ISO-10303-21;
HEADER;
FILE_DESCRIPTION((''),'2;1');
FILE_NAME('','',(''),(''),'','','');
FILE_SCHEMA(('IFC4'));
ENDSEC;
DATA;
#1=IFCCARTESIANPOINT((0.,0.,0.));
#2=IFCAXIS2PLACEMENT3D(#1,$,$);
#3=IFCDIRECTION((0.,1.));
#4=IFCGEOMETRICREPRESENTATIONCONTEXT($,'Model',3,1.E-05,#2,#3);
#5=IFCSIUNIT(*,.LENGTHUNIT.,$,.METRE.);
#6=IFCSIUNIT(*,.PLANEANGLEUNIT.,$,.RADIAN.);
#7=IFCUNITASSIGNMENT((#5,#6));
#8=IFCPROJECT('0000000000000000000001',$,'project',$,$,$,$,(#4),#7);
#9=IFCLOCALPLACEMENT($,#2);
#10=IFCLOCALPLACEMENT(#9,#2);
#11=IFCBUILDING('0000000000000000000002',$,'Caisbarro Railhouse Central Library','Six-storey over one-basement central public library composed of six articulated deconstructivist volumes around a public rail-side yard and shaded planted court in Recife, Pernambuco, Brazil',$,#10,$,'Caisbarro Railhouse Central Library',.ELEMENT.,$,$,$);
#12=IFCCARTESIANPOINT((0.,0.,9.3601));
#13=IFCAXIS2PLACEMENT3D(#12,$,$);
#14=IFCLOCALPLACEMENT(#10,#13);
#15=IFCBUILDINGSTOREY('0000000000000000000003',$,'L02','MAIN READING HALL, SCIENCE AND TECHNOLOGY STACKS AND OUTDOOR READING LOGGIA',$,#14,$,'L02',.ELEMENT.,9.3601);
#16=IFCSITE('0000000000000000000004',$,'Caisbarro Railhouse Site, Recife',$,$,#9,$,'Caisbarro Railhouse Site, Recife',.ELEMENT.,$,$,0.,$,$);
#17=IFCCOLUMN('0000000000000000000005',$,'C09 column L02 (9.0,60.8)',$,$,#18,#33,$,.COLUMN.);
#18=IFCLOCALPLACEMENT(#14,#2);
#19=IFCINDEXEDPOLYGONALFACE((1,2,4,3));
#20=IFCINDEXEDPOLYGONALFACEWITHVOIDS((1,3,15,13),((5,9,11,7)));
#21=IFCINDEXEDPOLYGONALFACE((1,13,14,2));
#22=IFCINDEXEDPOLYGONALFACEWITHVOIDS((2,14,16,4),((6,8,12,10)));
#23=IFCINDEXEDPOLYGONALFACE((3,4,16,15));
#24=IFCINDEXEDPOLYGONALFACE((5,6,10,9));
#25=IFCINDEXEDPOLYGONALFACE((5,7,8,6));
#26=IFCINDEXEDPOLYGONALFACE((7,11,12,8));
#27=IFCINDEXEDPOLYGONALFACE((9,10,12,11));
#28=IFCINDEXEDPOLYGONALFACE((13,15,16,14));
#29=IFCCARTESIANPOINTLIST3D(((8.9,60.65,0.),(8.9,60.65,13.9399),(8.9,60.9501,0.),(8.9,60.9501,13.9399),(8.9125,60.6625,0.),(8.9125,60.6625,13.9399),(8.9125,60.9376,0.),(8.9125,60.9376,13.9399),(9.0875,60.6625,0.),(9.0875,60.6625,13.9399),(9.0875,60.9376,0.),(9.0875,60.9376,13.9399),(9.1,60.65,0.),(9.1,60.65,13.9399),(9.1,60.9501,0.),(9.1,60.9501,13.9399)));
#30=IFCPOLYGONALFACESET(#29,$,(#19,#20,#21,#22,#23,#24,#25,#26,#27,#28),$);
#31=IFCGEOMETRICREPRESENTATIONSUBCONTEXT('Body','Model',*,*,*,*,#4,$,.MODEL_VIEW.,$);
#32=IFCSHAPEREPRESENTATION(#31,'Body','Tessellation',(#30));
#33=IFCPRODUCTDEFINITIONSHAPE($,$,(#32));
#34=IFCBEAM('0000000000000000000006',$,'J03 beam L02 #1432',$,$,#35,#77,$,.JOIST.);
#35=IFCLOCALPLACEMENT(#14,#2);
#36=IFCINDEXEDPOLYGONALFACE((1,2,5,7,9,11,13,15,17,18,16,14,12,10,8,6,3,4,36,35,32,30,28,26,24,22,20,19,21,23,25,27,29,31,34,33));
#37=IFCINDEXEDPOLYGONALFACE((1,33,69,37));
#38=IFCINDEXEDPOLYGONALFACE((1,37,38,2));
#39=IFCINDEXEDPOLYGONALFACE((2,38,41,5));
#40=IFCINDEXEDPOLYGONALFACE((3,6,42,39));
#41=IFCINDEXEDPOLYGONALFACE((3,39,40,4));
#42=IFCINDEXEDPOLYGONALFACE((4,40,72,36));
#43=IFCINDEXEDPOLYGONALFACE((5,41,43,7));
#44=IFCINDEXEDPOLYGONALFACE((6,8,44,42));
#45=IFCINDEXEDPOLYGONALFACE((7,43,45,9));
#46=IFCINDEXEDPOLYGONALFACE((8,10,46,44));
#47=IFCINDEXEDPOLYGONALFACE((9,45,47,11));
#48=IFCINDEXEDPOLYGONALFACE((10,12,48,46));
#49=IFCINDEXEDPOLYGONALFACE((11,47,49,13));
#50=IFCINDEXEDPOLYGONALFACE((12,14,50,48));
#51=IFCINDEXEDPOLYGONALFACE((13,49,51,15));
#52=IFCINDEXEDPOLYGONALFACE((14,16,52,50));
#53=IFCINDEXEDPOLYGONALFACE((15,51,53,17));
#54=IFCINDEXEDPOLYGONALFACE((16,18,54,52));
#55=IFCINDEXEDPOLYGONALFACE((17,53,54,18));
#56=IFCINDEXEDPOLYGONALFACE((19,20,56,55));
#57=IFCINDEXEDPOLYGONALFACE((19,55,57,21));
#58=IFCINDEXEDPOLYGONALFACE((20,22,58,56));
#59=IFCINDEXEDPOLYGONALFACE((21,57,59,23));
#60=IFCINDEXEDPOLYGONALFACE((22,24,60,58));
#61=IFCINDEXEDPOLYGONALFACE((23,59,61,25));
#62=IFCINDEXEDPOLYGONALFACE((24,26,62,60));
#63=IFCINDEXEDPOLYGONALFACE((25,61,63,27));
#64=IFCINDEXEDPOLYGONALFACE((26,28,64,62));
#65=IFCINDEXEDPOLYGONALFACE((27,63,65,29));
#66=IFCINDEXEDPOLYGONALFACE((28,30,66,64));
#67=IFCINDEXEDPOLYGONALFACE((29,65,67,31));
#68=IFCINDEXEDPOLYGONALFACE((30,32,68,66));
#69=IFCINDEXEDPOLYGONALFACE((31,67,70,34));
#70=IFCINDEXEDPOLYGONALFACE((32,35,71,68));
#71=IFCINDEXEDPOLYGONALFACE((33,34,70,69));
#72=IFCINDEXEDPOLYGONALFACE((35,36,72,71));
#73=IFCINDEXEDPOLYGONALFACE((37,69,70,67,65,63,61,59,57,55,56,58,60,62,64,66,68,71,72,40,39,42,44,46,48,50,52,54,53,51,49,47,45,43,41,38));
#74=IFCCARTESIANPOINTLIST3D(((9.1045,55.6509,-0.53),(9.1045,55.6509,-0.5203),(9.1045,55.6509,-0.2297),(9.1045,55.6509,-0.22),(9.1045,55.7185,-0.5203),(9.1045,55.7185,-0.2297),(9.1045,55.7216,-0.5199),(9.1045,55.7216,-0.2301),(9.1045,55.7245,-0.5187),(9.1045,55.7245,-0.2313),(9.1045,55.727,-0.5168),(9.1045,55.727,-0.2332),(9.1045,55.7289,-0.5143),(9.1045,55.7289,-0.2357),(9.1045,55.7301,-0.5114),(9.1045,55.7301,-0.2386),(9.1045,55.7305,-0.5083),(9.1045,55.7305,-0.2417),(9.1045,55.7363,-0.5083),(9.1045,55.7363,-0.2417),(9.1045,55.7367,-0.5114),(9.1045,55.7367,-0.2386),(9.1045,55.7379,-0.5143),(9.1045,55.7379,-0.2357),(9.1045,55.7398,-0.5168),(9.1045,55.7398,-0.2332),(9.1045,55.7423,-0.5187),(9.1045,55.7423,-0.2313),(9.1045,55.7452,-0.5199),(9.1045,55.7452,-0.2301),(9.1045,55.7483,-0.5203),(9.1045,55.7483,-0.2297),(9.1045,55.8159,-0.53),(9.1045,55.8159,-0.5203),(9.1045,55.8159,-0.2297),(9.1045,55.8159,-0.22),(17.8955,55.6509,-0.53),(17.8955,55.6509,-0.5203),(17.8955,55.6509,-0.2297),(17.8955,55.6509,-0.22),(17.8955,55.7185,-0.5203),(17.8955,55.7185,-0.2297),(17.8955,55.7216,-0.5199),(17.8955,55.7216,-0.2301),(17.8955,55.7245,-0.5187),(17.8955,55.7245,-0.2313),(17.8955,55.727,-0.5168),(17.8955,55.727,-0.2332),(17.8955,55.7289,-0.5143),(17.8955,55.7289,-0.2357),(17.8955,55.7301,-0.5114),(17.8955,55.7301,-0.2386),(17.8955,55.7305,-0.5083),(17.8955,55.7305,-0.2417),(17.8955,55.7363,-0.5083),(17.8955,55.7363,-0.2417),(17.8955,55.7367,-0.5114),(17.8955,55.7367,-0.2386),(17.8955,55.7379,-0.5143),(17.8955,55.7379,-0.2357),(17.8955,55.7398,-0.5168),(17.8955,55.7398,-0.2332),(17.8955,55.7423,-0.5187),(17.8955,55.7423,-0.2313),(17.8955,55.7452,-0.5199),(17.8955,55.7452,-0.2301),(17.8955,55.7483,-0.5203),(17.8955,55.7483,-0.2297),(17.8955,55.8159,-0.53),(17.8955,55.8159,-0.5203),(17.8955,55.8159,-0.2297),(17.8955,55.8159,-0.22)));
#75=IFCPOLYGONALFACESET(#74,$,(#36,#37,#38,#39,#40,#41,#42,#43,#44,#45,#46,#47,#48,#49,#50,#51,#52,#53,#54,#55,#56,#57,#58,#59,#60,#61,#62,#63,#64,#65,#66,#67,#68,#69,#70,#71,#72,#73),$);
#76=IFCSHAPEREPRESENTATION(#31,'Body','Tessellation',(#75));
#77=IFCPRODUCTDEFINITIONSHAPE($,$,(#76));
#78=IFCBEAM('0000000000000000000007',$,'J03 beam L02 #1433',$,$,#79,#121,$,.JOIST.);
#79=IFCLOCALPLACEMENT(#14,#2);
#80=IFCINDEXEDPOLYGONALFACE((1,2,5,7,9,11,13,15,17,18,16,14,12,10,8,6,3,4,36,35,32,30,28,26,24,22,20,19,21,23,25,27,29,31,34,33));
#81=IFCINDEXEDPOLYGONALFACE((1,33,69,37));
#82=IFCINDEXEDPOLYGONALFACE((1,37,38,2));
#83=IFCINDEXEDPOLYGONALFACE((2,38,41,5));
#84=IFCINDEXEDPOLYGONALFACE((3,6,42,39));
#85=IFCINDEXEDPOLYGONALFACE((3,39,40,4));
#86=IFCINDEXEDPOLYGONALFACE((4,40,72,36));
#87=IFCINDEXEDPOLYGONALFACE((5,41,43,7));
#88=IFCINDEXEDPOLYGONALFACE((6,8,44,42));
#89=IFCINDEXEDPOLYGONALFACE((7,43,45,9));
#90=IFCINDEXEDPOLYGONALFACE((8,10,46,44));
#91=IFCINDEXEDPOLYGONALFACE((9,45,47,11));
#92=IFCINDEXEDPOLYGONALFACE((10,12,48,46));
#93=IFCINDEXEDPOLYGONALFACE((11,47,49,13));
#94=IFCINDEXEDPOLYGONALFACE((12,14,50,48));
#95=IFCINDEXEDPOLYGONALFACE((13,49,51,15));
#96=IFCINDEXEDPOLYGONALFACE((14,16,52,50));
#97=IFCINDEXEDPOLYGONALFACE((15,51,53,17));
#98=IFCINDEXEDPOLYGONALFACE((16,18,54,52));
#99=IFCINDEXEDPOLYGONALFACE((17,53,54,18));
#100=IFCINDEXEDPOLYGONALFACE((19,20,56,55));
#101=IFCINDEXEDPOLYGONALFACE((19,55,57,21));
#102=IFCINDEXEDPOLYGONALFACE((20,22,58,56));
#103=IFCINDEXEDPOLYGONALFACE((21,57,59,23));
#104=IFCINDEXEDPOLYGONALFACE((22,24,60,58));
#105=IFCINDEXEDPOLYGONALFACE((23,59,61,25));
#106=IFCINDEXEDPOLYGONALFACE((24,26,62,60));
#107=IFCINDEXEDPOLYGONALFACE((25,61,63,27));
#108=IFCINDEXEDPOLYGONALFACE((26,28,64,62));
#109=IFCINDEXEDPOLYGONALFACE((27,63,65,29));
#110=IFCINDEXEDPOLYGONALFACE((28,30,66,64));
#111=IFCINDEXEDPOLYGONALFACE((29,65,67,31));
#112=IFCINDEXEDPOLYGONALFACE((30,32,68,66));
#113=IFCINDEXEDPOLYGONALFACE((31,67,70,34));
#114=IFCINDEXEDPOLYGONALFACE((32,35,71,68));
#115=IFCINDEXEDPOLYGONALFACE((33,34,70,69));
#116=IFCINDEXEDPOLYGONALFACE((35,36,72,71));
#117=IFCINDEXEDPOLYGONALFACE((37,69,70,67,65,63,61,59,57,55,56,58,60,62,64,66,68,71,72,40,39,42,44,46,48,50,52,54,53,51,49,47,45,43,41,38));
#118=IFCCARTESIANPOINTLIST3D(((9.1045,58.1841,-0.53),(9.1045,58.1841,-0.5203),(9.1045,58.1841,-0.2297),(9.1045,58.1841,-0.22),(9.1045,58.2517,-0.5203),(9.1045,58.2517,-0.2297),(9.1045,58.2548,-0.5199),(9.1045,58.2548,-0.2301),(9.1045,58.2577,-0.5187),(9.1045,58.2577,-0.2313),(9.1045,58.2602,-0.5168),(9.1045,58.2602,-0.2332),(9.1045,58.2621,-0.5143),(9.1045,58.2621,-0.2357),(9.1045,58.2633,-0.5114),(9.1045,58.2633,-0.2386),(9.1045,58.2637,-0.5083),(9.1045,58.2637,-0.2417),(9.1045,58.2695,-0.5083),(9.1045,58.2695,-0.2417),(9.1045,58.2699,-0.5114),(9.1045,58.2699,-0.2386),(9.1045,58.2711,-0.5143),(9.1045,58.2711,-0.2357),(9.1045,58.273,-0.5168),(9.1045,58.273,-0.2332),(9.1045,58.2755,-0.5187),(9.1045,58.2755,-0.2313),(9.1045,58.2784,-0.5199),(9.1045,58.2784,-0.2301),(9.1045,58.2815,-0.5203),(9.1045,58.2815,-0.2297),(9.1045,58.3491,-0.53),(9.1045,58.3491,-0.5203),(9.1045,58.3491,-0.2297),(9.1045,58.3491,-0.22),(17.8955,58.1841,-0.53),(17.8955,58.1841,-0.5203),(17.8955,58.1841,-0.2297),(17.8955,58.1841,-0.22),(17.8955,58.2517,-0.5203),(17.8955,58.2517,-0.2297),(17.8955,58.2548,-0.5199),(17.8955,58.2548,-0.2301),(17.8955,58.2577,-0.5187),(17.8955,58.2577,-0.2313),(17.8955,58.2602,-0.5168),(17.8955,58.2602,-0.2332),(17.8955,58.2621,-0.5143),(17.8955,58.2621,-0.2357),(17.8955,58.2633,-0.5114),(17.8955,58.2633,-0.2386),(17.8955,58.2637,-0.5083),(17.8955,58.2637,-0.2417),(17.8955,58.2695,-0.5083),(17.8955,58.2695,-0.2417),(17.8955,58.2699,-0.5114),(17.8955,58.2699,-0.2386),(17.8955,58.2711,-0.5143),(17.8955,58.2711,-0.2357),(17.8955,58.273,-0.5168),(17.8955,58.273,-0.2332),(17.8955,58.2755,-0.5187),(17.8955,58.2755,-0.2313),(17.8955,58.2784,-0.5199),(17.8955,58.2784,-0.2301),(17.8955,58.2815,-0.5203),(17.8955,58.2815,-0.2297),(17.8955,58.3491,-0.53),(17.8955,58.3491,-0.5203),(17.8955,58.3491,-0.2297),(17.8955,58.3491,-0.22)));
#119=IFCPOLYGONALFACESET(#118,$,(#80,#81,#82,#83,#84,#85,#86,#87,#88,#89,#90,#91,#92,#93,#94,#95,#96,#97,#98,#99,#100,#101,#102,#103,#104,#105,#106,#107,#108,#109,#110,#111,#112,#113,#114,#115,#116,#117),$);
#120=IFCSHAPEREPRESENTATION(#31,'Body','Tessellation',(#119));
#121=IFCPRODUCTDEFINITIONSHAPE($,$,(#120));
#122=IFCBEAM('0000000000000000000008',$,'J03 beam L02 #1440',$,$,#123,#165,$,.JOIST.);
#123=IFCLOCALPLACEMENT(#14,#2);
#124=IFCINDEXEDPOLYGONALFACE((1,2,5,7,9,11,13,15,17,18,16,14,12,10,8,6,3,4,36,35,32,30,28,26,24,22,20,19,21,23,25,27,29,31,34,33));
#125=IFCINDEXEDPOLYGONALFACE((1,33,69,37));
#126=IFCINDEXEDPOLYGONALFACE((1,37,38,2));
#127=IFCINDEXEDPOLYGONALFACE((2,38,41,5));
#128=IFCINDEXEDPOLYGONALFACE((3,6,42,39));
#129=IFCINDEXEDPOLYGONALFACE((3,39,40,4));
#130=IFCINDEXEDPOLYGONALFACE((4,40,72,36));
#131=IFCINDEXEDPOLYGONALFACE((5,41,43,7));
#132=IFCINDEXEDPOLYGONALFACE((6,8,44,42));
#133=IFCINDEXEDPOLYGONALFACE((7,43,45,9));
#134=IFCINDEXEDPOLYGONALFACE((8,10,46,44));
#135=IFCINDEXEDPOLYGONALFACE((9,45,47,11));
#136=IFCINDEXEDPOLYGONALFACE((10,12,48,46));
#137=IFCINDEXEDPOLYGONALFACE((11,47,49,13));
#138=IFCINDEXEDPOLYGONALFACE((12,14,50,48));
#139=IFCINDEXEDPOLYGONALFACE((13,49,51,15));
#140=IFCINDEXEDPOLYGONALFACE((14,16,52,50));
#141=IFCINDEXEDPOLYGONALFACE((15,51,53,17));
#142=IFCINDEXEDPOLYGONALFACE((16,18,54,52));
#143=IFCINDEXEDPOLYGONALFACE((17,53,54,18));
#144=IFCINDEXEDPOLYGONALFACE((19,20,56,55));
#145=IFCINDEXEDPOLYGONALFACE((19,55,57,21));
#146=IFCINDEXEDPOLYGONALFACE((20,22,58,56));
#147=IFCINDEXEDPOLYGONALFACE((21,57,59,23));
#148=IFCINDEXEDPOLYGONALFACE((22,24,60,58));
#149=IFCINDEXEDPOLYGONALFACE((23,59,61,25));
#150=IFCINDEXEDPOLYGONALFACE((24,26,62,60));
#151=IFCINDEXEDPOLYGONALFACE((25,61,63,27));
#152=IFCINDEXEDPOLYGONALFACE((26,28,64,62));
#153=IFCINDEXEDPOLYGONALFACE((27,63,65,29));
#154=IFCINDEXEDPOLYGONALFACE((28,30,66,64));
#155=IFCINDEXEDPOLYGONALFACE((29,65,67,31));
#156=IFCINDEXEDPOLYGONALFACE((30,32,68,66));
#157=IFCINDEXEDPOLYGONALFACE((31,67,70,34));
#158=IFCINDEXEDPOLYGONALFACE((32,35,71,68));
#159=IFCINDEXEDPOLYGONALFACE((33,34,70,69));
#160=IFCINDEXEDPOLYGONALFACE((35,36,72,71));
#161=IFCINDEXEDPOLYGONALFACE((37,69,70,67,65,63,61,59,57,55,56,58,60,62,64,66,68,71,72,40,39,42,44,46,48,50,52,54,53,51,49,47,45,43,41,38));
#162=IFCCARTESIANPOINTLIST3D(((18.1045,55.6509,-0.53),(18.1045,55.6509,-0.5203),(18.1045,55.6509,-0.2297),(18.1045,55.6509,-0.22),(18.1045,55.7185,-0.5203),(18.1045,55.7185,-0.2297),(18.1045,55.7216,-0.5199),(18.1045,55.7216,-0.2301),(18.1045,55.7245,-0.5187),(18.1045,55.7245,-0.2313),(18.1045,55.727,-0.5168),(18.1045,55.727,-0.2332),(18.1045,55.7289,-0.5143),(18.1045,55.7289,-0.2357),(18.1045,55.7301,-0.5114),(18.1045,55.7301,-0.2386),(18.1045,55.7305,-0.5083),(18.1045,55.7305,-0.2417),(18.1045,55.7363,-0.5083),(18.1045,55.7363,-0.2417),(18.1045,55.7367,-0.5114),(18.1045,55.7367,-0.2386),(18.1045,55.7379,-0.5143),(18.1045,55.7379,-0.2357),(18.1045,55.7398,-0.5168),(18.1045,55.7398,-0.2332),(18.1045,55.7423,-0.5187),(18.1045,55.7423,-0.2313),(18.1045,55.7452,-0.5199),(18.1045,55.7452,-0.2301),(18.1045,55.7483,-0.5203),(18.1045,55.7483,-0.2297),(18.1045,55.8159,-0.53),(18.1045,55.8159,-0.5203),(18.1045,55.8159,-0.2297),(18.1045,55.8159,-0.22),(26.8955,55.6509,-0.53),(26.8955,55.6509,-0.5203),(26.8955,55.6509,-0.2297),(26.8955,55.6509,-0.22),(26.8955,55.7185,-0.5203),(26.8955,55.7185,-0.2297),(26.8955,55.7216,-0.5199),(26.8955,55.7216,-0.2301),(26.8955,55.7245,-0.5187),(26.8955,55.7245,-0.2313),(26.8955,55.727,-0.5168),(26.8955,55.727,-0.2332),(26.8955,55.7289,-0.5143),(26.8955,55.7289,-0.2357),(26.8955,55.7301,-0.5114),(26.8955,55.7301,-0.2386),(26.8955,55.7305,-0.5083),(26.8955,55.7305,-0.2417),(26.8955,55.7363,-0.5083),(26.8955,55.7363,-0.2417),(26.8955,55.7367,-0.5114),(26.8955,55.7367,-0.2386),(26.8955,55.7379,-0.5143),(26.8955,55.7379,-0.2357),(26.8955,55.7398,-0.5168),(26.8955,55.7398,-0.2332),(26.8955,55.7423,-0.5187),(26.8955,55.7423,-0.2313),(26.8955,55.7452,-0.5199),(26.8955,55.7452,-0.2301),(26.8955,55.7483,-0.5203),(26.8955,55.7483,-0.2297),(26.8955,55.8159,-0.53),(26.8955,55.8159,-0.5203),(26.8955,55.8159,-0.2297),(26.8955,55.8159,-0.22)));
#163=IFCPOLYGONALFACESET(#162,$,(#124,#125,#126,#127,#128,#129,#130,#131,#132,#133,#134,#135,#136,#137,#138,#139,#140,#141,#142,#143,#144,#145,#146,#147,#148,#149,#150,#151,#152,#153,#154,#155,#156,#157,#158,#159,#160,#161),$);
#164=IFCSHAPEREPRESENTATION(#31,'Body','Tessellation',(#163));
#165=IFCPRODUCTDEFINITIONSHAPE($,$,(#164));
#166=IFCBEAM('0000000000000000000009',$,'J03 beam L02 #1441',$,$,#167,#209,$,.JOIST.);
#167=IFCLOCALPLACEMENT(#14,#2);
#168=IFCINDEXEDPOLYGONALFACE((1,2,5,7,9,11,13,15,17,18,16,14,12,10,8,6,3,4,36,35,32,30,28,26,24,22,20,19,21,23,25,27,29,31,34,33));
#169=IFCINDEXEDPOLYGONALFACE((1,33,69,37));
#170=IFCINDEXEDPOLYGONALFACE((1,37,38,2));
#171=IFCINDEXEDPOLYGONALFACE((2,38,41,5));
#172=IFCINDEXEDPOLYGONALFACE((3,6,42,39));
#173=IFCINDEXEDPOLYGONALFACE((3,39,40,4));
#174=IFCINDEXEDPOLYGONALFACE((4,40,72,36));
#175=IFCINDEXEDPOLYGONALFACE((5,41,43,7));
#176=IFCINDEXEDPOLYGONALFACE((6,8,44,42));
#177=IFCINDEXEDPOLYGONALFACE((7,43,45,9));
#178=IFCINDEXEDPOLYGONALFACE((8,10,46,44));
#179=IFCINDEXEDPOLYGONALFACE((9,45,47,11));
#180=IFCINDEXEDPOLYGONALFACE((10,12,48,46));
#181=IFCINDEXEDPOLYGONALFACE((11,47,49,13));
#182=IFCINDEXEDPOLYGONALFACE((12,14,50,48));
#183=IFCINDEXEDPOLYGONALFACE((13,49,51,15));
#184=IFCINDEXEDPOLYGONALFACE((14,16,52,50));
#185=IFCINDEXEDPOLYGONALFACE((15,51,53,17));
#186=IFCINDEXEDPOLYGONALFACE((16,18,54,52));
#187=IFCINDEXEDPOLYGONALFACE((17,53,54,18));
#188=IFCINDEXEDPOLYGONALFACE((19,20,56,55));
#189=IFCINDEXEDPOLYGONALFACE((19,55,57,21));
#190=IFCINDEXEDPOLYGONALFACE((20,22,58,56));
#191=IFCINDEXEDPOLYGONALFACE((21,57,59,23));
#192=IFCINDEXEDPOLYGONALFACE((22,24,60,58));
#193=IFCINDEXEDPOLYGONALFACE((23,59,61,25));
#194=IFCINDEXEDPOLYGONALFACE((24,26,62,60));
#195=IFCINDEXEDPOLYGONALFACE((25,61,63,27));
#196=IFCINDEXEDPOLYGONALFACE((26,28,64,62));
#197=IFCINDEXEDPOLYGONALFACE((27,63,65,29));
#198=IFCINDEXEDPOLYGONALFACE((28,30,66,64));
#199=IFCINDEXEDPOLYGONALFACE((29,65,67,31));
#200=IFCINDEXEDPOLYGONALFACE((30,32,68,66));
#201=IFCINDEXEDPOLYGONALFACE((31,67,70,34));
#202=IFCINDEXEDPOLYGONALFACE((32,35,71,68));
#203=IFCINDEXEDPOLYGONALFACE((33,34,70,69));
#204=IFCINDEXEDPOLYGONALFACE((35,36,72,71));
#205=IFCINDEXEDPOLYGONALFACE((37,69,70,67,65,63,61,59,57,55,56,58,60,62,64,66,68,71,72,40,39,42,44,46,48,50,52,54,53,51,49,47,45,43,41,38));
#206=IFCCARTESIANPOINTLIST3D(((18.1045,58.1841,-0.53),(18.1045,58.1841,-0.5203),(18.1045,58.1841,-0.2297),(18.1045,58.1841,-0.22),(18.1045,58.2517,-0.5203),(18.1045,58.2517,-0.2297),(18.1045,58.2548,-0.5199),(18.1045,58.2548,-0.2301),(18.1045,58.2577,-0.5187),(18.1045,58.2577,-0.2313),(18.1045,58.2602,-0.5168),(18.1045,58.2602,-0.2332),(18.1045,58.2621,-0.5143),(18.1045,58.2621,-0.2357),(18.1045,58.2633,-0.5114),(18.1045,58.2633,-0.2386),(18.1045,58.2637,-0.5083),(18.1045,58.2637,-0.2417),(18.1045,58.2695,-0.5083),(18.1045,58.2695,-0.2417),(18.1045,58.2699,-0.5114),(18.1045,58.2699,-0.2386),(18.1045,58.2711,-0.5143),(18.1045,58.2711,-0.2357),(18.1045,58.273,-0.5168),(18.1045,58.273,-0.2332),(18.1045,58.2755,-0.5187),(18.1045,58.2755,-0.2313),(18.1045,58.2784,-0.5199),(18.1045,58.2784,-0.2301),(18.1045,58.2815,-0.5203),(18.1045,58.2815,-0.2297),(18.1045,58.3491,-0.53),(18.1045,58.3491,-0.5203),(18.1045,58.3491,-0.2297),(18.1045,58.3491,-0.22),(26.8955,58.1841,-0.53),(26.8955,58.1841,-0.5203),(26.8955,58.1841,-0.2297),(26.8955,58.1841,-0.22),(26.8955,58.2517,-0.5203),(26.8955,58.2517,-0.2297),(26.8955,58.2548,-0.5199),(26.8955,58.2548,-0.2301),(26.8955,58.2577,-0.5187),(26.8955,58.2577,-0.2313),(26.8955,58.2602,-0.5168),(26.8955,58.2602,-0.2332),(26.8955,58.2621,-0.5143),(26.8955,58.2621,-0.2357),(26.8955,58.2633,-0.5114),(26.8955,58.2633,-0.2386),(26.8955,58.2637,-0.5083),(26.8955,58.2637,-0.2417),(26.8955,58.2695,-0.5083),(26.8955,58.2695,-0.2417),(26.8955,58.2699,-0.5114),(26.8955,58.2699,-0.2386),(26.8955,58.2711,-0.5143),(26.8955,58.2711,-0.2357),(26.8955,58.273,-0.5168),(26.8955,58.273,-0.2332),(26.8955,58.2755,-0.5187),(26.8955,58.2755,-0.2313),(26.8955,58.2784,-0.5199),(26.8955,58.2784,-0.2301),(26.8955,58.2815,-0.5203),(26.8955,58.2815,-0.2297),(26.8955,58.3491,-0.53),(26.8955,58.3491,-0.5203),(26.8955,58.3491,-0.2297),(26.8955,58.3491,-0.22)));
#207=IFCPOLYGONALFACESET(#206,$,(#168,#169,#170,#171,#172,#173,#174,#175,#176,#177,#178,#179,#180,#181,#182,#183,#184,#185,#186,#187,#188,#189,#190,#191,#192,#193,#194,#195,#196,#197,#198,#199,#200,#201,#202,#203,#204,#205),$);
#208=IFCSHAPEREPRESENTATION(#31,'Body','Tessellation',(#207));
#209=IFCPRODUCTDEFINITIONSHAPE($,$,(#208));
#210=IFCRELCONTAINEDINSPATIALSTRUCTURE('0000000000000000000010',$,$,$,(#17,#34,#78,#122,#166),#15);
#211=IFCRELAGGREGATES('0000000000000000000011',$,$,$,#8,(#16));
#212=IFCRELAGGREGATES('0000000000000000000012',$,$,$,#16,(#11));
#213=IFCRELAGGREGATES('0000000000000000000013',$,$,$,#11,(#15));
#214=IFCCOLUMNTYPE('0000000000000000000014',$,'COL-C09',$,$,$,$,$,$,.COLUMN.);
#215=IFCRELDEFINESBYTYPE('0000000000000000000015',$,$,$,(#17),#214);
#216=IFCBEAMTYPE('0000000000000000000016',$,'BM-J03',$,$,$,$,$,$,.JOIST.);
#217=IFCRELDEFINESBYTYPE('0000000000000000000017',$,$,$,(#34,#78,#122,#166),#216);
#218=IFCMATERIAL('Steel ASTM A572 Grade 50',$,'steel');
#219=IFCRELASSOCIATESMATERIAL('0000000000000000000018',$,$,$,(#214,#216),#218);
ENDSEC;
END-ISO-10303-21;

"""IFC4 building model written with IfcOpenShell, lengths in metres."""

from ifc_helpers import new_model, si_unit, direction, frame, origin, origin_2d, place, context, subcontext, project, spatial, hollow_rectangle, i_section, extrude, material, material_profile, profile_set, type_object, element, save


model = new_model("IFC4")

# Units and contexts
model_context = context("Model", 3, precision=1e-05, world=origin(), true_north=direction((0.0, 1.0)))
body_context = subcontext(model_context, "Body", "Model", "MODEL_VIEW")
ifc_project = project(units=[si_unit("LENGTHUNIT", "METRE"), si_unit("PLANEANGLEUNIT", "RADIAN")], contexts=[model_context])

# Site, building, storey
site_placement = place(None, origin())
site = spatial("IfcSite", under=ifc_project, at=site_placement, Name="Caisbarro Railhouse Site, Recife", LongName="Caisbarro Railhouse Site, Recife", CompositionType="ELEMENT", RefElevation=0.0)
building_placement = place(site_placement, origin())
building = spatial("IfcBuilding", under=site, at=building_placement, Name="Caisbarro Railhouse Central Library", Description="Six-storey over one-basement central public library composed of six articulated deconstructivist volumes around a public rail-side yard and shaded planted court in Recife, Pernambuco, Brazil", LongName="Caisbarro Railhouse Central Library", CompositionType="ELEMENT")
storey_placement = place(building_placement, frame((0.0, 0.0, 9.3601)))
storey = spatial("IfcBuildingStorey", under=building, at=storey_placement, Name="L02", Description="MAIN READING HALL, SCIENCE AND TECHNOLOGY STACKS AND OUTDOOR READING LOGGIA", LongName="L02", CompositionType="ELEMENT", Elevation=9.3601)

# Column
ifc_material_1 = material(Name="Steel ASTM A572 Grade 50", Category="steel")
ifc_material_profile_1 = material_profile(ifc_material_1, hollow_rectangle(XDim=0.2, YDim=0.3, WallThickness=0.0125, at=origin_2d()), Name="HSS300X200X12.5")
ifc_profile_set_1 = profile_set([ifc_material_profile_1], Name="Steel ASTM A572 Grade 50")
column_type = type_object("IfcColumnType", Name="COL-C09", PredefinedType="COLUMN", material=ifc_profile_set_1)
column_placement = place(storey_placement, frame((9.0, 60.8, 0.0), z_axis=(0.0, 0.0, 1.0), x_axis=(1.0, 0.0, 0.0)))
element("IfcColumn", 1, at=column_placement, inside=storey, type_object=column_type, Name="C09 column L02 (9.0,60.8)", PredefinedType="COLUMN", context=body_context, shape_type="SweptSolid", body=[
    extrude(hollow_rectangle(XDim=0.2, YDim=0.3, WallThickness=0.0125, at=origin_2d()), origin(), (0.0, 0.0, 1.0), 13.9399),
])

# Beams
ifc_material_profile_2 = material_profile(ifc_material_1, i_section(OverallWidth=0.165, OverallDepth=0.3101, WebThickness=0.0059, FlangeThickness=0.0098, FilletRadius=0.012, at=origin_2d()), Name="W310X38.7")
ifc_profile_set_2 = profile_set([ifc_material_profile_2], Name="Steel ASTM A572 Grade 50")
beam_type_1 = type_object("IfcBeamType", Name="BM-J03", PredefinedType="JOIST", material=ifc_profile_set_2)
for number, where, z_axis, x_axis, name in (
    (2, (9.1045, 55.7334, -0.375), (1.0, 0.0, 0.0), (0.0, 1.0, 0.0), "J03 beam L02 #1432"),
    (3, (9.1045, 58.2666, -0.375), (1.0, 0.0, 0.0), (0.0, 1.0, 0.0), "J03 beam L02 #1433"),
    (4, (18.1045, 55.7334, -0.375), (1.0, 0.0, 0.0), (0.0, 1.0, 0.0), "J03 beam L02 #1440"),
    (5, (18.1045, 58.2666, -0.375), (1.0, 0.0, 0.0), (0.0, 1.0, 0.0), "J03 beam L02 #1441"),
):
    element("IfcBeam", number, at=place(storey_placement, frame(where, z_axis=z_axis, x_axis=x_axis)), inside=storey, type_object=beam_type_1, Name=name, PredefinedType="JOIST", context=body_context, shape_type="SweptSolid", body=[
        extrude(i_section(OverallWidth=0.165, OverallDepth=0.3101, WebThickness=0.0059, FlangeThickness=0.0098, FilletRadius=0.012, at=origin_2d()), origin(), (0.0, 0.0, 1.0), 8.791),
    ])

save(model, "model.ifc")
